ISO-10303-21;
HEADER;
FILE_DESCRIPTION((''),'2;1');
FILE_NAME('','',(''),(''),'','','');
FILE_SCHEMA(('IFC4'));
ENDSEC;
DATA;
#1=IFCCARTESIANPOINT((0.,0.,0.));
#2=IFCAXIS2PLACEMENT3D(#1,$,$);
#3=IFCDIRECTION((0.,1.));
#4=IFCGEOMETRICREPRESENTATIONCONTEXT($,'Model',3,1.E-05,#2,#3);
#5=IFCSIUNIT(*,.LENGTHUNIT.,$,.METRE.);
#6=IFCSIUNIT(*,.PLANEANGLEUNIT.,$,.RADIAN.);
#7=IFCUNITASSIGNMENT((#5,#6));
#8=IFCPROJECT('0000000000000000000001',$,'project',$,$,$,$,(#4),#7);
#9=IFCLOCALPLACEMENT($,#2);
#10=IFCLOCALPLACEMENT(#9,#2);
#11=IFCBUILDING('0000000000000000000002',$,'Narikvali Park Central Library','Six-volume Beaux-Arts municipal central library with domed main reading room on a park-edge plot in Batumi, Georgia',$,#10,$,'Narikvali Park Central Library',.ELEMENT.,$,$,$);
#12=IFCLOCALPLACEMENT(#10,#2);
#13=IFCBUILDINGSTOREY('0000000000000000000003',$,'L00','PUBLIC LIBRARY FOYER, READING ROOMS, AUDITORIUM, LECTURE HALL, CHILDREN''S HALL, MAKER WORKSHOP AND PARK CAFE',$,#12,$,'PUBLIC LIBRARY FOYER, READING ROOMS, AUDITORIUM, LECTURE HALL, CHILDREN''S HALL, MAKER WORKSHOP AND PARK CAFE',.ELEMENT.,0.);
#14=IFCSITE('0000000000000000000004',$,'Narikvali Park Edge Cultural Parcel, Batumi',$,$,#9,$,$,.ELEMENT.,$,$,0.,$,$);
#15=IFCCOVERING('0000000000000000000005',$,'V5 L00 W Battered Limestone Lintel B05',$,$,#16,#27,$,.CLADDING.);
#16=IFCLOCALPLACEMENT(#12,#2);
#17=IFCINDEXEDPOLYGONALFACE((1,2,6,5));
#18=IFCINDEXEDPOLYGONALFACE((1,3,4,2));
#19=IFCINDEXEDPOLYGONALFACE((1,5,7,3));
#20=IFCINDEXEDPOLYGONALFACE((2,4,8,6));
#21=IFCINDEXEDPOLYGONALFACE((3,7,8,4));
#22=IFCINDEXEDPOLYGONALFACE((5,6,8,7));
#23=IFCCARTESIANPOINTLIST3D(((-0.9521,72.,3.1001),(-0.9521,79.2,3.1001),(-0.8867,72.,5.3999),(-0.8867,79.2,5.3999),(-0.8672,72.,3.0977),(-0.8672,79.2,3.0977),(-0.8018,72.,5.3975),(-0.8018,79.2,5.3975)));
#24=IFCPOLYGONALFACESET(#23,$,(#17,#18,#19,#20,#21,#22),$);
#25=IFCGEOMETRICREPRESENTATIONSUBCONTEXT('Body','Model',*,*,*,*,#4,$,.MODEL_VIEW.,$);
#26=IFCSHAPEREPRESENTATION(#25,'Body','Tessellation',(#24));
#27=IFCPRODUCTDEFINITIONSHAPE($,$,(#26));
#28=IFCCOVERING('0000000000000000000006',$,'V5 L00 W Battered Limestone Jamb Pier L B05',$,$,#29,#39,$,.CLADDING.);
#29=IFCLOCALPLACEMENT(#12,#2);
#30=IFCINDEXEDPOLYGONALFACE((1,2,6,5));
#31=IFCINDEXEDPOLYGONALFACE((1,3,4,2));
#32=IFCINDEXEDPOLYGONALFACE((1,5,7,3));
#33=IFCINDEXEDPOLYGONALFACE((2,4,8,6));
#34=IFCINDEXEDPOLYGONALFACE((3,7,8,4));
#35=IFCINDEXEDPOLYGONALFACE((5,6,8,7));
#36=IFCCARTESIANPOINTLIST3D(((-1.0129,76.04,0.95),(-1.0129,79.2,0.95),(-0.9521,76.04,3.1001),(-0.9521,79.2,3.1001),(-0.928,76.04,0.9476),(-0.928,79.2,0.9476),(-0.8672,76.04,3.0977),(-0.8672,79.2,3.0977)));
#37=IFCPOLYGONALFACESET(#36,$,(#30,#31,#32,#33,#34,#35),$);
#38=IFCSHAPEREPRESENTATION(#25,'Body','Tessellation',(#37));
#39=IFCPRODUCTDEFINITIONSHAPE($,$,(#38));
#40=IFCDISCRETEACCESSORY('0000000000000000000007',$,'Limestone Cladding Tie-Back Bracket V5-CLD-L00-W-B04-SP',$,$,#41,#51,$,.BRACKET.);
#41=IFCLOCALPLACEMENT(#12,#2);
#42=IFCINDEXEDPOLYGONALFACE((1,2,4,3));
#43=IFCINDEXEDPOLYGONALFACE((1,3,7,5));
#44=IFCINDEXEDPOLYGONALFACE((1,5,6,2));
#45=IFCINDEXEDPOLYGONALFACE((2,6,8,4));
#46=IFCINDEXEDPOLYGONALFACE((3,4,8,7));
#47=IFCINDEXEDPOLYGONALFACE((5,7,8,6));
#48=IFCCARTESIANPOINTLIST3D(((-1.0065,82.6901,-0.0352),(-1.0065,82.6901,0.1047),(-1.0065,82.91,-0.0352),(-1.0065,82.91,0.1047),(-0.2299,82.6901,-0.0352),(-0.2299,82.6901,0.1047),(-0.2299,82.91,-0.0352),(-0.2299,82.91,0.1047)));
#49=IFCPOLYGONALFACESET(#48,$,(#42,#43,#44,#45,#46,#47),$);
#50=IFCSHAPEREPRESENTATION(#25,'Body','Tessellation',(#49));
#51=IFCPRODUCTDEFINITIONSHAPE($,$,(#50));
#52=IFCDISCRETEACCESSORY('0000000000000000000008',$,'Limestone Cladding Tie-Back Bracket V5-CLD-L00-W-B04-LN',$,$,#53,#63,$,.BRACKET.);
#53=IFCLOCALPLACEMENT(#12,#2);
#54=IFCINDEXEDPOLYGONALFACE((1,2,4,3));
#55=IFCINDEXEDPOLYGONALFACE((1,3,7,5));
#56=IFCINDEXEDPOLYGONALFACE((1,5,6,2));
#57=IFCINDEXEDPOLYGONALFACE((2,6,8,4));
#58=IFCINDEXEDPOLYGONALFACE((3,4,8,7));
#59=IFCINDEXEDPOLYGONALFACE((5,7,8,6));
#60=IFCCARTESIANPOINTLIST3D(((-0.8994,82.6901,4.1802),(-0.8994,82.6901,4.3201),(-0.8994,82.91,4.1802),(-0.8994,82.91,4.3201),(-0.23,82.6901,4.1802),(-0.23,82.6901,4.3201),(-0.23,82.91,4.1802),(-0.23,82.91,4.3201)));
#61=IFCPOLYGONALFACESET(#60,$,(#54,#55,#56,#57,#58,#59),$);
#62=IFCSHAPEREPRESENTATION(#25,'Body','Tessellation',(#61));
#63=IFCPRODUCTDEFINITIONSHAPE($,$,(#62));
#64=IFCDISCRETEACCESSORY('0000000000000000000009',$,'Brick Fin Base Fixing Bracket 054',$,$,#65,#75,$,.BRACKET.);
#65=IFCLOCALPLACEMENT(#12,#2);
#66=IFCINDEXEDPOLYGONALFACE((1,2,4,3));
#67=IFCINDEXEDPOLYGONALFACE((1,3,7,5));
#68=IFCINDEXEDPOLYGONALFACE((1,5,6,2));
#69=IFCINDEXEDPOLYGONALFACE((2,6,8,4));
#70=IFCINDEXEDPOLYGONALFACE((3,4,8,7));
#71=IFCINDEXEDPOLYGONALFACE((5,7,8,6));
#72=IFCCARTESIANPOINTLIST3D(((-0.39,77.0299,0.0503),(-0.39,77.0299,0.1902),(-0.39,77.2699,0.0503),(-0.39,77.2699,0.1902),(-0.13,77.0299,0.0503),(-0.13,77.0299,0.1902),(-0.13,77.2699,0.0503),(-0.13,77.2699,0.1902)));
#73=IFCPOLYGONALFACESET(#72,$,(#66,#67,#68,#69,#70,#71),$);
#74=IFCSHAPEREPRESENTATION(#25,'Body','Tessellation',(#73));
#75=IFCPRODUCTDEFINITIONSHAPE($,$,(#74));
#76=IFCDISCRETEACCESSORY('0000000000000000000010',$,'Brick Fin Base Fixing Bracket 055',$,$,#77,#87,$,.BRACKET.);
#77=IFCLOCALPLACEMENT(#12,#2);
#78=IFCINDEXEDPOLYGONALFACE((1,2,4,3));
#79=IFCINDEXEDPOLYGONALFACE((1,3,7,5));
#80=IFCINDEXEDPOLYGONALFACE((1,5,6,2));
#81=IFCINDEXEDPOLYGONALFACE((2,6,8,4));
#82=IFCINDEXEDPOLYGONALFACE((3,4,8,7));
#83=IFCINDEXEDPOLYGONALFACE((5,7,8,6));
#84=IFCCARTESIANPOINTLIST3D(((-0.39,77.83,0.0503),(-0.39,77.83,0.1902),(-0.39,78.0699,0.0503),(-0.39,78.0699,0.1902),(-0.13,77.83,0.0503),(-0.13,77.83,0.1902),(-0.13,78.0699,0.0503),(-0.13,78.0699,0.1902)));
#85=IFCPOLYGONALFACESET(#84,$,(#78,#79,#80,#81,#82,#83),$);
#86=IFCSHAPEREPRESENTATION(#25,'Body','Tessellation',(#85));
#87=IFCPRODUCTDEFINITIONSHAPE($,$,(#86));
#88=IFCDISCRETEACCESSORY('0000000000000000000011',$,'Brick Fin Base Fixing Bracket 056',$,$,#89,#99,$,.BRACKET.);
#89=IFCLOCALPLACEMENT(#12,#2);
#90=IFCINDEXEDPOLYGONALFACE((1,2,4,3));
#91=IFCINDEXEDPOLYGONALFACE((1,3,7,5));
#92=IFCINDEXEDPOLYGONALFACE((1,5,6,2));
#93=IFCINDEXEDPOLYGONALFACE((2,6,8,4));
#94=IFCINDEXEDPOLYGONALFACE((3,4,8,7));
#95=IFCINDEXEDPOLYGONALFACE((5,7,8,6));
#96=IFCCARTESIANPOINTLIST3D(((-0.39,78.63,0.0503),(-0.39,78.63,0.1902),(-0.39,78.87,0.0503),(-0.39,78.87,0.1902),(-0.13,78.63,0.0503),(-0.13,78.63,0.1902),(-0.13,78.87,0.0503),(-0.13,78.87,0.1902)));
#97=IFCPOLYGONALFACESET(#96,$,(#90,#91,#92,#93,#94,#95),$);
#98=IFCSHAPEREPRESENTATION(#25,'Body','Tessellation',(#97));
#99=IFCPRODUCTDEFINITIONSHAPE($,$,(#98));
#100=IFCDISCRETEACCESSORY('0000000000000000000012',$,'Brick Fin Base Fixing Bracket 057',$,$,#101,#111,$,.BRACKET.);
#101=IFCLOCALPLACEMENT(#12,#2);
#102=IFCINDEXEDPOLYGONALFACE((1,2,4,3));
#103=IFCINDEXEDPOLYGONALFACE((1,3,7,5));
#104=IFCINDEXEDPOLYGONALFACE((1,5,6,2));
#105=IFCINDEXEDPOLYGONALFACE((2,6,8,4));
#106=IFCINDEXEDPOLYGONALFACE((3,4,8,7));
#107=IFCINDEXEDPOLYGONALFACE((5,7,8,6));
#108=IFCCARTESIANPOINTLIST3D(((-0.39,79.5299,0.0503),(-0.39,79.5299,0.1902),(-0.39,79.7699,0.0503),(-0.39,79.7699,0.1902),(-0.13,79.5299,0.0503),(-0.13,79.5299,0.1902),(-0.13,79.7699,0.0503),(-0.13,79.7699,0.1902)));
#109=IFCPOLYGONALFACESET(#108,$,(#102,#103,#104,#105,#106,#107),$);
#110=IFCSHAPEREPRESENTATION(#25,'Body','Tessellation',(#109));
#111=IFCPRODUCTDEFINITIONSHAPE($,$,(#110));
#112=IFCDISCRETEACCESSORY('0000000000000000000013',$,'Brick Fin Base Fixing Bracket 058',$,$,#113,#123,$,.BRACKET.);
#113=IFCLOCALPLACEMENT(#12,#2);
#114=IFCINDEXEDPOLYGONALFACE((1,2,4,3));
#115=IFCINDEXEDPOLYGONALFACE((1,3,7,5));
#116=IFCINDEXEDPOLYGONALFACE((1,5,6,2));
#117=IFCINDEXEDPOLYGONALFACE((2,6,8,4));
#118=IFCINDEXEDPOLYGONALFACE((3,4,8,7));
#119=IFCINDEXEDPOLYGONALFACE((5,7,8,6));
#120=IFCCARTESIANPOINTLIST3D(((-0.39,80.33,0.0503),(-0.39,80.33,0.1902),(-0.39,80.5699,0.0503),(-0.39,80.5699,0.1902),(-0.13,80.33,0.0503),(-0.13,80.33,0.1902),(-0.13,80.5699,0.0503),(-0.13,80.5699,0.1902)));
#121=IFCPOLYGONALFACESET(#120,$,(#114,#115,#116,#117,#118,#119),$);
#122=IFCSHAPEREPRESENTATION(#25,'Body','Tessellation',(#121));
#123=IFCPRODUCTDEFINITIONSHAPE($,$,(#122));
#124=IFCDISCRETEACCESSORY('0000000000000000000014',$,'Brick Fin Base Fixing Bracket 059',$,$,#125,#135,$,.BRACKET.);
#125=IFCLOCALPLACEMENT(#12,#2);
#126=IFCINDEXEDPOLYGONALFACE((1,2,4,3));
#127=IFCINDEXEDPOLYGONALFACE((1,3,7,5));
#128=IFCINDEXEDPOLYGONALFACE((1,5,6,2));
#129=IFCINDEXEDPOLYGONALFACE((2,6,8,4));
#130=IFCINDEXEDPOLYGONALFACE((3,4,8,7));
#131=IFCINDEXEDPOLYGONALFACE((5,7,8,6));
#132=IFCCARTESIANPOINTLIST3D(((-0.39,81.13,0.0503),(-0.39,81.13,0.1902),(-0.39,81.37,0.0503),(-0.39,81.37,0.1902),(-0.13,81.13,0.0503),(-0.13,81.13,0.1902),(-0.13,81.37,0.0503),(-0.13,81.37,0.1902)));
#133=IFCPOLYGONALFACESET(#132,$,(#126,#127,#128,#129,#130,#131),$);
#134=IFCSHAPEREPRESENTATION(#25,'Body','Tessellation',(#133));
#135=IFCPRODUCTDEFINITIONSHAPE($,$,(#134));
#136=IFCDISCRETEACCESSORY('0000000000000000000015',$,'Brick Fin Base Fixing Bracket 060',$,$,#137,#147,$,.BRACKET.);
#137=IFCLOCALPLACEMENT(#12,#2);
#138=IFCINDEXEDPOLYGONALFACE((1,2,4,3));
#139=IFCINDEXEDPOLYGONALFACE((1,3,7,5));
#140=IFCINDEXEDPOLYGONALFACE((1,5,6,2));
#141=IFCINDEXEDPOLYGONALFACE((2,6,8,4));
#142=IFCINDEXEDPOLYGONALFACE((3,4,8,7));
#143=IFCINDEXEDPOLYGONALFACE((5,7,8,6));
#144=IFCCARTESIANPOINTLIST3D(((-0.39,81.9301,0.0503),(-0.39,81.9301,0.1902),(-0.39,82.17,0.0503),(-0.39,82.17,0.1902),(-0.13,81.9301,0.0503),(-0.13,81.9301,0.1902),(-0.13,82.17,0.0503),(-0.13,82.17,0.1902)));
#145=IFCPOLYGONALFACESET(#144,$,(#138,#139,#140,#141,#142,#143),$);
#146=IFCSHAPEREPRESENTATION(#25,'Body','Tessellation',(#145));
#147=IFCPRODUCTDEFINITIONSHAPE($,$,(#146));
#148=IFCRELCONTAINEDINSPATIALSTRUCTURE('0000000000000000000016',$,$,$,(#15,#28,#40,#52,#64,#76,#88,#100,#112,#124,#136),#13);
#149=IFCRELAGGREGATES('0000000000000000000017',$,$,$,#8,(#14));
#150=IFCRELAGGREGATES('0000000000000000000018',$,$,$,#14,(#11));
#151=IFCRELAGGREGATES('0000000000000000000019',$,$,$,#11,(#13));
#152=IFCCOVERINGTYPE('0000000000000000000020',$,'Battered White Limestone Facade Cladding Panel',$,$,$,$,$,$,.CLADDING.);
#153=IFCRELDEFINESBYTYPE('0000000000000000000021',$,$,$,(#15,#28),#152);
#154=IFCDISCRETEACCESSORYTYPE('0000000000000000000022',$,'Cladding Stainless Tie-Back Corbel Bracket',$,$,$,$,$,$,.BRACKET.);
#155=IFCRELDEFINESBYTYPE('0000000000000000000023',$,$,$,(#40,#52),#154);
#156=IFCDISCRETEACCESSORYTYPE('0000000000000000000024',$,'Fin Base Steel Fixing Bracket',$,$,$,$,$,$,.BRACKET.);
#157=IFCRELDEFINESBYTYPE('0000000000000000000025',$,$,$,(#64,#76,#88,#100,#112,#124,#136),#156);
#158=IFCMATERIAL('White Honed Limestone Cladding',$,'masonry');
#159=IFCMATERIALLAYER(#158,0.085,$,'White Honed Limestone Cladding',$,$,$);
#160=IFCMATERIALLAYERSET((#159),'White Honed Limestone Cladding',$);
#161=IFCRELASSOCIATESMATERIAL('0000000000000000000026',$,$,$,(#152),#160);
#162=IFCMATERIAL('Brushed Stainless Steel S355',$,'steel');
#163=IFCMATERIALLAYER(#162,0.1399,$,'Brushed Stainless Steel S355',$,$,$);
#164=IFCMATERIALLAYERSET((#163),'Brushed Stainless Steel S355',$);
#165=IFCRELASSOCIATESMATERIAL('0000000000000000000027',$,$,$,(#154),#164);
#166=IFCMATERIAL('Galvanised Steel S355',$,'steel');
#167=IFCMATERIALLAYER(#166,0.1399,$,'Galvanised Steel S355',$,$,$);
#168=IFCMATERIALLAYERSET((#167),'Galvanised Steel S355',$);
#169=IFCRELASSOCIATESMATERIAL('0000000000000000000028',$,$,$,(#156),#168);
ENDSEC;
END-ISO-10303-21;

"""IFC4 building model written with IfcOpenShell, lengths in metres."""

from ifc_helpers import new_model, si_unit, direction, frame, origin, origin_2d, place, context, subcontext, project, spatial, polyline, rectangle, outline, extrude, material, layer, layer_set, type_object, element, save


model = new_model("IFC4")

# Units and contexts
model_context = context("Model", 3, precision=1e-05, world=origin(), true_north=direction((0.0, 1.0)))
body_context = subcontext(model_context, "Body", "Model", "MODEL_VIEW")
ifc_project = project(units=[si_unit("LENGTHUNIT", "METRE"), si_unit("PLANEANGLEUNIT", "RADIAN")], contexts=[model_context])

# Site, building, storey
site_placement = place(None, origin())
site = spatial("IfcSite", under=ifc_project, at=site_placement, Name="Narikvali Park Edge Cultural Parcel, Batumi", CompositionType="ELEMENT", RefElevation=0.0)
building_placement = place(site_placement, origin())
building = spatial("IfcBuilding", under=site, at=building_placement, Name="Narikvali Park Central Library", Description="Six-volume Beaux-Arts municipal central library with domed main reading room on a park-edge plot in Batumi, Georgia", LongName="Narikvali Park Central Library", CompositionType="ELEMENT")
storey_placement = place(building_placement, origin())
storey = spatial("IfcBuildingStorey", under=building, at=storey_placement, Name="L00", Description="PUBLIC LIBRARY FOYER, READING ROOMS, AUDITORIUM, LECTURE HALL, CHILDREN'S HALL, MAKER WORKSHOP AND PARK CAFE", LongName="PUBLIC LIBRARY FOYER, READING ROOMS, AUDITORIUM, LECTURE HALL, CHILDREN'S HALL, MAKER WORKSHOP AND PARK CAFE", CompositionType="ELEMENT", Elevation=0.0)

# Coverings
ifc_material_1 = material(Name="White Honed Limestone Cladding", Category="masonry")
ifc_layer_1 = layer(ifc_material_1, 0.085, Name="White Honed Limestone Cladding")
ifc_layer_set_1 = layer_set([ifc_layer_1], Name="White Honed Limestone Cladding")
covering_type = type_object("IfcCoveringType", Name="Battered White Limestone Facade Cladding Panel", PredefinedType="CLADDING", material=ifc_layer_set_1)
covering_1_placement = place(storey_placement, frame((-0.9521, 79.2, 3.1001), z_axis=(-0.999596, 0.0, 0.028439), x_axis=(0.0, -1.0, 0.0)))
element("IfcCovering", 1, at=covering_1_placement, inside=storey, type_object=covering_type, Name="V5 L00 W Battered Limestone Lintel B05", PredefinedType="CLADDING", context=body_context, shape_type="SweptSolid", body=[
    extrude(outline(polyline([(0.0, 0.0), (7.2, 0.0), (7.2, 2.3007), (0.0, 2.3007), (0.0, 0.0)])), origin(), (0.0, 0.0, -1.0), 0.085),
])
covering_2_placement = place(storey_placement, frame((-1.0129, 79.2, 0.95), z_axis=(-0.999601, 0.0, 0.028262), x_axis=(0.0, -1.0, 0.0)))
element("IfcCovering", 2, at=covering_2_placement, inside=storey, type_object=covering_type, Name="V5 L00 W Battered Limestone Jamb Pier L B05", PredefinedType="CLADDING", context=body_context, shape_type="SweptSolid", body=[
    extrude(outline(polyline([(0.0, 0.0), (3.1599, 0.0), (3.1599, 2.151), (0.0, 2.151), (0.0, 0.0)])), origin(), (0.0, 0.0, -1.0), 0.085),
])

# Discrete accessories
ifc_material_2 = material(Name="Brushed Stainless Steel S355", Category="steel")
ifc_layer_2 = layer(ifc_material_2, 0.1399, Name="Brushed Stainless Steel S355")
ifc_layer_set_2 = layer_set([ifc_layer_2], Name="Brushed Stainless Steel S355")
discrete_accessory_type_1 = type_object("IfcDiscreteAccessoryType", Name="Cladding Stainless Tie-Back Corbel Bracket", PredefinedType="BRACKET", material=ifc_layer_set_2)
discrete_accessory_1_placement = place(storey_placement, frame((-0.6182, 82.8, -0.0352), z_axis=(0.0, 0.0, 1.0), x_axis=(1.0, 0.0, 0.0)))
element("IfcDiscreteAccessory", 3, at=discrete_accessory_1_placement, inside=storey, type_object=discrete_accessory_type_1, Name="Limestone Cladding Tie-Back Bracket V5-CLD-L00-W-B04-SP", PredefinedType="BRACKET", context=body_context, shape_type="SweptSolid", body=[
    extrude(rectangle(XDim=0.7766, YDim=0.22, at=origin_2d()), origin(), (0.0, 0.0, 1.0), 0.1399),
])
discrete_accessory_2_placement = place(storey_placement, frame((-0.5647, 82.8, 4.1802), z_axis=(0.0, 0.0, 1.0), x_axis=(1.0, 0.0, 0.0)))
element("IfcDiscreteAccessory", 4, at=discrete_accessory_2_placement, inside=storey, type_object=discrete_accessory_type_1, Name="Limestone Cladding Tie-Back Bracket V5-CLD-L00-W-B04-LN", PredefinedType="BRACKET", context=body_context, shape_type="SweptSolid", body=[
    extrude(rectangle(XDim=0.6694, YDim=0.22, at=origin_2d()), origin(), (0.0, 0.0, 1.0), 0.1399),
])
ifc_material_3 = material(Name="Galvanised Steel S355", Category="steel")
ifc_layer_3 = layer(ifc_material_3, 0.1399, Name="Galvanised Steel S355")
ifc_layer_set_3 = layer_set([ifc_layer_3], Name="Galvanised Steel S355")
discrete_accessory_type_2 = type_object("IfcDiscreteAccessoryType", Name="Fin Base Steel Fixing Bracket", PredefinedType="BRACKET", material=ifc_layer_set_3)
for number, where, z_axis, x_axis, name in (
    (5, (-0.26, 77.1499, 0.0503), (0.0, 0.0, 1.0), (1.0, 0.0, 0.0), "Brick Fin Base Fixing Bracket 054"),
    (6, (-0.26, 77.95, 0.0503), (0.0, 0.0, 1.0), (1.0, 0.0, 0.0), "Brick Fin Base Fixing Bracket 055"),
    (7, (-0.26, 78.75, 0.0503), (0.0, 0.0, 1.0), (1.0, 0.0, 0.0), "Brick Fin Base Fixing Bracket 056"),
    (8, (-0.26, 79.6499, 0.0503), (0.0, 0.0, 1.0), (1.0, 0.0, 0.0), "Brick Fin Base Fixing Bracket 057"),
    (9, (-0.26, 80.45, 0.0503), (0.0, 0.0, 1.0), (1.0, 0.0, 0.0), "Brick Fin Base Fixing Bracket 058"),
    (10, (-0.26, 81.25, 0.0503), (0.0, 0.0, 1.0), (1.0, 0.0, 0.0), "Brick Fin Base Fixing Bracket 059"),
    (11, (-0.26, 82.05, 0.0503), (0.0, 0.0, 1.0), (1.0, 0.0, 0.0), "Brick Fin Base Fixing Bracket 060"),
):
    element("IfcDiscreteAccessory", number, at=place(storey_placement, frame(where, z_axis=z_axis, x_axis=x_axis)), inside=storey, type_object=discrete_accessory_type_2, Name=name, PredefinedType="BRACKET", context=body_context, shape_type="SweptSolid", body=[
        extrude(rectangle(XDim=0.26, YDim=0.24, at=origin_2d()), origin(), (0.0, 0.0, 1.0), 0.1399),
    ])

save(model, "model.ifc")
